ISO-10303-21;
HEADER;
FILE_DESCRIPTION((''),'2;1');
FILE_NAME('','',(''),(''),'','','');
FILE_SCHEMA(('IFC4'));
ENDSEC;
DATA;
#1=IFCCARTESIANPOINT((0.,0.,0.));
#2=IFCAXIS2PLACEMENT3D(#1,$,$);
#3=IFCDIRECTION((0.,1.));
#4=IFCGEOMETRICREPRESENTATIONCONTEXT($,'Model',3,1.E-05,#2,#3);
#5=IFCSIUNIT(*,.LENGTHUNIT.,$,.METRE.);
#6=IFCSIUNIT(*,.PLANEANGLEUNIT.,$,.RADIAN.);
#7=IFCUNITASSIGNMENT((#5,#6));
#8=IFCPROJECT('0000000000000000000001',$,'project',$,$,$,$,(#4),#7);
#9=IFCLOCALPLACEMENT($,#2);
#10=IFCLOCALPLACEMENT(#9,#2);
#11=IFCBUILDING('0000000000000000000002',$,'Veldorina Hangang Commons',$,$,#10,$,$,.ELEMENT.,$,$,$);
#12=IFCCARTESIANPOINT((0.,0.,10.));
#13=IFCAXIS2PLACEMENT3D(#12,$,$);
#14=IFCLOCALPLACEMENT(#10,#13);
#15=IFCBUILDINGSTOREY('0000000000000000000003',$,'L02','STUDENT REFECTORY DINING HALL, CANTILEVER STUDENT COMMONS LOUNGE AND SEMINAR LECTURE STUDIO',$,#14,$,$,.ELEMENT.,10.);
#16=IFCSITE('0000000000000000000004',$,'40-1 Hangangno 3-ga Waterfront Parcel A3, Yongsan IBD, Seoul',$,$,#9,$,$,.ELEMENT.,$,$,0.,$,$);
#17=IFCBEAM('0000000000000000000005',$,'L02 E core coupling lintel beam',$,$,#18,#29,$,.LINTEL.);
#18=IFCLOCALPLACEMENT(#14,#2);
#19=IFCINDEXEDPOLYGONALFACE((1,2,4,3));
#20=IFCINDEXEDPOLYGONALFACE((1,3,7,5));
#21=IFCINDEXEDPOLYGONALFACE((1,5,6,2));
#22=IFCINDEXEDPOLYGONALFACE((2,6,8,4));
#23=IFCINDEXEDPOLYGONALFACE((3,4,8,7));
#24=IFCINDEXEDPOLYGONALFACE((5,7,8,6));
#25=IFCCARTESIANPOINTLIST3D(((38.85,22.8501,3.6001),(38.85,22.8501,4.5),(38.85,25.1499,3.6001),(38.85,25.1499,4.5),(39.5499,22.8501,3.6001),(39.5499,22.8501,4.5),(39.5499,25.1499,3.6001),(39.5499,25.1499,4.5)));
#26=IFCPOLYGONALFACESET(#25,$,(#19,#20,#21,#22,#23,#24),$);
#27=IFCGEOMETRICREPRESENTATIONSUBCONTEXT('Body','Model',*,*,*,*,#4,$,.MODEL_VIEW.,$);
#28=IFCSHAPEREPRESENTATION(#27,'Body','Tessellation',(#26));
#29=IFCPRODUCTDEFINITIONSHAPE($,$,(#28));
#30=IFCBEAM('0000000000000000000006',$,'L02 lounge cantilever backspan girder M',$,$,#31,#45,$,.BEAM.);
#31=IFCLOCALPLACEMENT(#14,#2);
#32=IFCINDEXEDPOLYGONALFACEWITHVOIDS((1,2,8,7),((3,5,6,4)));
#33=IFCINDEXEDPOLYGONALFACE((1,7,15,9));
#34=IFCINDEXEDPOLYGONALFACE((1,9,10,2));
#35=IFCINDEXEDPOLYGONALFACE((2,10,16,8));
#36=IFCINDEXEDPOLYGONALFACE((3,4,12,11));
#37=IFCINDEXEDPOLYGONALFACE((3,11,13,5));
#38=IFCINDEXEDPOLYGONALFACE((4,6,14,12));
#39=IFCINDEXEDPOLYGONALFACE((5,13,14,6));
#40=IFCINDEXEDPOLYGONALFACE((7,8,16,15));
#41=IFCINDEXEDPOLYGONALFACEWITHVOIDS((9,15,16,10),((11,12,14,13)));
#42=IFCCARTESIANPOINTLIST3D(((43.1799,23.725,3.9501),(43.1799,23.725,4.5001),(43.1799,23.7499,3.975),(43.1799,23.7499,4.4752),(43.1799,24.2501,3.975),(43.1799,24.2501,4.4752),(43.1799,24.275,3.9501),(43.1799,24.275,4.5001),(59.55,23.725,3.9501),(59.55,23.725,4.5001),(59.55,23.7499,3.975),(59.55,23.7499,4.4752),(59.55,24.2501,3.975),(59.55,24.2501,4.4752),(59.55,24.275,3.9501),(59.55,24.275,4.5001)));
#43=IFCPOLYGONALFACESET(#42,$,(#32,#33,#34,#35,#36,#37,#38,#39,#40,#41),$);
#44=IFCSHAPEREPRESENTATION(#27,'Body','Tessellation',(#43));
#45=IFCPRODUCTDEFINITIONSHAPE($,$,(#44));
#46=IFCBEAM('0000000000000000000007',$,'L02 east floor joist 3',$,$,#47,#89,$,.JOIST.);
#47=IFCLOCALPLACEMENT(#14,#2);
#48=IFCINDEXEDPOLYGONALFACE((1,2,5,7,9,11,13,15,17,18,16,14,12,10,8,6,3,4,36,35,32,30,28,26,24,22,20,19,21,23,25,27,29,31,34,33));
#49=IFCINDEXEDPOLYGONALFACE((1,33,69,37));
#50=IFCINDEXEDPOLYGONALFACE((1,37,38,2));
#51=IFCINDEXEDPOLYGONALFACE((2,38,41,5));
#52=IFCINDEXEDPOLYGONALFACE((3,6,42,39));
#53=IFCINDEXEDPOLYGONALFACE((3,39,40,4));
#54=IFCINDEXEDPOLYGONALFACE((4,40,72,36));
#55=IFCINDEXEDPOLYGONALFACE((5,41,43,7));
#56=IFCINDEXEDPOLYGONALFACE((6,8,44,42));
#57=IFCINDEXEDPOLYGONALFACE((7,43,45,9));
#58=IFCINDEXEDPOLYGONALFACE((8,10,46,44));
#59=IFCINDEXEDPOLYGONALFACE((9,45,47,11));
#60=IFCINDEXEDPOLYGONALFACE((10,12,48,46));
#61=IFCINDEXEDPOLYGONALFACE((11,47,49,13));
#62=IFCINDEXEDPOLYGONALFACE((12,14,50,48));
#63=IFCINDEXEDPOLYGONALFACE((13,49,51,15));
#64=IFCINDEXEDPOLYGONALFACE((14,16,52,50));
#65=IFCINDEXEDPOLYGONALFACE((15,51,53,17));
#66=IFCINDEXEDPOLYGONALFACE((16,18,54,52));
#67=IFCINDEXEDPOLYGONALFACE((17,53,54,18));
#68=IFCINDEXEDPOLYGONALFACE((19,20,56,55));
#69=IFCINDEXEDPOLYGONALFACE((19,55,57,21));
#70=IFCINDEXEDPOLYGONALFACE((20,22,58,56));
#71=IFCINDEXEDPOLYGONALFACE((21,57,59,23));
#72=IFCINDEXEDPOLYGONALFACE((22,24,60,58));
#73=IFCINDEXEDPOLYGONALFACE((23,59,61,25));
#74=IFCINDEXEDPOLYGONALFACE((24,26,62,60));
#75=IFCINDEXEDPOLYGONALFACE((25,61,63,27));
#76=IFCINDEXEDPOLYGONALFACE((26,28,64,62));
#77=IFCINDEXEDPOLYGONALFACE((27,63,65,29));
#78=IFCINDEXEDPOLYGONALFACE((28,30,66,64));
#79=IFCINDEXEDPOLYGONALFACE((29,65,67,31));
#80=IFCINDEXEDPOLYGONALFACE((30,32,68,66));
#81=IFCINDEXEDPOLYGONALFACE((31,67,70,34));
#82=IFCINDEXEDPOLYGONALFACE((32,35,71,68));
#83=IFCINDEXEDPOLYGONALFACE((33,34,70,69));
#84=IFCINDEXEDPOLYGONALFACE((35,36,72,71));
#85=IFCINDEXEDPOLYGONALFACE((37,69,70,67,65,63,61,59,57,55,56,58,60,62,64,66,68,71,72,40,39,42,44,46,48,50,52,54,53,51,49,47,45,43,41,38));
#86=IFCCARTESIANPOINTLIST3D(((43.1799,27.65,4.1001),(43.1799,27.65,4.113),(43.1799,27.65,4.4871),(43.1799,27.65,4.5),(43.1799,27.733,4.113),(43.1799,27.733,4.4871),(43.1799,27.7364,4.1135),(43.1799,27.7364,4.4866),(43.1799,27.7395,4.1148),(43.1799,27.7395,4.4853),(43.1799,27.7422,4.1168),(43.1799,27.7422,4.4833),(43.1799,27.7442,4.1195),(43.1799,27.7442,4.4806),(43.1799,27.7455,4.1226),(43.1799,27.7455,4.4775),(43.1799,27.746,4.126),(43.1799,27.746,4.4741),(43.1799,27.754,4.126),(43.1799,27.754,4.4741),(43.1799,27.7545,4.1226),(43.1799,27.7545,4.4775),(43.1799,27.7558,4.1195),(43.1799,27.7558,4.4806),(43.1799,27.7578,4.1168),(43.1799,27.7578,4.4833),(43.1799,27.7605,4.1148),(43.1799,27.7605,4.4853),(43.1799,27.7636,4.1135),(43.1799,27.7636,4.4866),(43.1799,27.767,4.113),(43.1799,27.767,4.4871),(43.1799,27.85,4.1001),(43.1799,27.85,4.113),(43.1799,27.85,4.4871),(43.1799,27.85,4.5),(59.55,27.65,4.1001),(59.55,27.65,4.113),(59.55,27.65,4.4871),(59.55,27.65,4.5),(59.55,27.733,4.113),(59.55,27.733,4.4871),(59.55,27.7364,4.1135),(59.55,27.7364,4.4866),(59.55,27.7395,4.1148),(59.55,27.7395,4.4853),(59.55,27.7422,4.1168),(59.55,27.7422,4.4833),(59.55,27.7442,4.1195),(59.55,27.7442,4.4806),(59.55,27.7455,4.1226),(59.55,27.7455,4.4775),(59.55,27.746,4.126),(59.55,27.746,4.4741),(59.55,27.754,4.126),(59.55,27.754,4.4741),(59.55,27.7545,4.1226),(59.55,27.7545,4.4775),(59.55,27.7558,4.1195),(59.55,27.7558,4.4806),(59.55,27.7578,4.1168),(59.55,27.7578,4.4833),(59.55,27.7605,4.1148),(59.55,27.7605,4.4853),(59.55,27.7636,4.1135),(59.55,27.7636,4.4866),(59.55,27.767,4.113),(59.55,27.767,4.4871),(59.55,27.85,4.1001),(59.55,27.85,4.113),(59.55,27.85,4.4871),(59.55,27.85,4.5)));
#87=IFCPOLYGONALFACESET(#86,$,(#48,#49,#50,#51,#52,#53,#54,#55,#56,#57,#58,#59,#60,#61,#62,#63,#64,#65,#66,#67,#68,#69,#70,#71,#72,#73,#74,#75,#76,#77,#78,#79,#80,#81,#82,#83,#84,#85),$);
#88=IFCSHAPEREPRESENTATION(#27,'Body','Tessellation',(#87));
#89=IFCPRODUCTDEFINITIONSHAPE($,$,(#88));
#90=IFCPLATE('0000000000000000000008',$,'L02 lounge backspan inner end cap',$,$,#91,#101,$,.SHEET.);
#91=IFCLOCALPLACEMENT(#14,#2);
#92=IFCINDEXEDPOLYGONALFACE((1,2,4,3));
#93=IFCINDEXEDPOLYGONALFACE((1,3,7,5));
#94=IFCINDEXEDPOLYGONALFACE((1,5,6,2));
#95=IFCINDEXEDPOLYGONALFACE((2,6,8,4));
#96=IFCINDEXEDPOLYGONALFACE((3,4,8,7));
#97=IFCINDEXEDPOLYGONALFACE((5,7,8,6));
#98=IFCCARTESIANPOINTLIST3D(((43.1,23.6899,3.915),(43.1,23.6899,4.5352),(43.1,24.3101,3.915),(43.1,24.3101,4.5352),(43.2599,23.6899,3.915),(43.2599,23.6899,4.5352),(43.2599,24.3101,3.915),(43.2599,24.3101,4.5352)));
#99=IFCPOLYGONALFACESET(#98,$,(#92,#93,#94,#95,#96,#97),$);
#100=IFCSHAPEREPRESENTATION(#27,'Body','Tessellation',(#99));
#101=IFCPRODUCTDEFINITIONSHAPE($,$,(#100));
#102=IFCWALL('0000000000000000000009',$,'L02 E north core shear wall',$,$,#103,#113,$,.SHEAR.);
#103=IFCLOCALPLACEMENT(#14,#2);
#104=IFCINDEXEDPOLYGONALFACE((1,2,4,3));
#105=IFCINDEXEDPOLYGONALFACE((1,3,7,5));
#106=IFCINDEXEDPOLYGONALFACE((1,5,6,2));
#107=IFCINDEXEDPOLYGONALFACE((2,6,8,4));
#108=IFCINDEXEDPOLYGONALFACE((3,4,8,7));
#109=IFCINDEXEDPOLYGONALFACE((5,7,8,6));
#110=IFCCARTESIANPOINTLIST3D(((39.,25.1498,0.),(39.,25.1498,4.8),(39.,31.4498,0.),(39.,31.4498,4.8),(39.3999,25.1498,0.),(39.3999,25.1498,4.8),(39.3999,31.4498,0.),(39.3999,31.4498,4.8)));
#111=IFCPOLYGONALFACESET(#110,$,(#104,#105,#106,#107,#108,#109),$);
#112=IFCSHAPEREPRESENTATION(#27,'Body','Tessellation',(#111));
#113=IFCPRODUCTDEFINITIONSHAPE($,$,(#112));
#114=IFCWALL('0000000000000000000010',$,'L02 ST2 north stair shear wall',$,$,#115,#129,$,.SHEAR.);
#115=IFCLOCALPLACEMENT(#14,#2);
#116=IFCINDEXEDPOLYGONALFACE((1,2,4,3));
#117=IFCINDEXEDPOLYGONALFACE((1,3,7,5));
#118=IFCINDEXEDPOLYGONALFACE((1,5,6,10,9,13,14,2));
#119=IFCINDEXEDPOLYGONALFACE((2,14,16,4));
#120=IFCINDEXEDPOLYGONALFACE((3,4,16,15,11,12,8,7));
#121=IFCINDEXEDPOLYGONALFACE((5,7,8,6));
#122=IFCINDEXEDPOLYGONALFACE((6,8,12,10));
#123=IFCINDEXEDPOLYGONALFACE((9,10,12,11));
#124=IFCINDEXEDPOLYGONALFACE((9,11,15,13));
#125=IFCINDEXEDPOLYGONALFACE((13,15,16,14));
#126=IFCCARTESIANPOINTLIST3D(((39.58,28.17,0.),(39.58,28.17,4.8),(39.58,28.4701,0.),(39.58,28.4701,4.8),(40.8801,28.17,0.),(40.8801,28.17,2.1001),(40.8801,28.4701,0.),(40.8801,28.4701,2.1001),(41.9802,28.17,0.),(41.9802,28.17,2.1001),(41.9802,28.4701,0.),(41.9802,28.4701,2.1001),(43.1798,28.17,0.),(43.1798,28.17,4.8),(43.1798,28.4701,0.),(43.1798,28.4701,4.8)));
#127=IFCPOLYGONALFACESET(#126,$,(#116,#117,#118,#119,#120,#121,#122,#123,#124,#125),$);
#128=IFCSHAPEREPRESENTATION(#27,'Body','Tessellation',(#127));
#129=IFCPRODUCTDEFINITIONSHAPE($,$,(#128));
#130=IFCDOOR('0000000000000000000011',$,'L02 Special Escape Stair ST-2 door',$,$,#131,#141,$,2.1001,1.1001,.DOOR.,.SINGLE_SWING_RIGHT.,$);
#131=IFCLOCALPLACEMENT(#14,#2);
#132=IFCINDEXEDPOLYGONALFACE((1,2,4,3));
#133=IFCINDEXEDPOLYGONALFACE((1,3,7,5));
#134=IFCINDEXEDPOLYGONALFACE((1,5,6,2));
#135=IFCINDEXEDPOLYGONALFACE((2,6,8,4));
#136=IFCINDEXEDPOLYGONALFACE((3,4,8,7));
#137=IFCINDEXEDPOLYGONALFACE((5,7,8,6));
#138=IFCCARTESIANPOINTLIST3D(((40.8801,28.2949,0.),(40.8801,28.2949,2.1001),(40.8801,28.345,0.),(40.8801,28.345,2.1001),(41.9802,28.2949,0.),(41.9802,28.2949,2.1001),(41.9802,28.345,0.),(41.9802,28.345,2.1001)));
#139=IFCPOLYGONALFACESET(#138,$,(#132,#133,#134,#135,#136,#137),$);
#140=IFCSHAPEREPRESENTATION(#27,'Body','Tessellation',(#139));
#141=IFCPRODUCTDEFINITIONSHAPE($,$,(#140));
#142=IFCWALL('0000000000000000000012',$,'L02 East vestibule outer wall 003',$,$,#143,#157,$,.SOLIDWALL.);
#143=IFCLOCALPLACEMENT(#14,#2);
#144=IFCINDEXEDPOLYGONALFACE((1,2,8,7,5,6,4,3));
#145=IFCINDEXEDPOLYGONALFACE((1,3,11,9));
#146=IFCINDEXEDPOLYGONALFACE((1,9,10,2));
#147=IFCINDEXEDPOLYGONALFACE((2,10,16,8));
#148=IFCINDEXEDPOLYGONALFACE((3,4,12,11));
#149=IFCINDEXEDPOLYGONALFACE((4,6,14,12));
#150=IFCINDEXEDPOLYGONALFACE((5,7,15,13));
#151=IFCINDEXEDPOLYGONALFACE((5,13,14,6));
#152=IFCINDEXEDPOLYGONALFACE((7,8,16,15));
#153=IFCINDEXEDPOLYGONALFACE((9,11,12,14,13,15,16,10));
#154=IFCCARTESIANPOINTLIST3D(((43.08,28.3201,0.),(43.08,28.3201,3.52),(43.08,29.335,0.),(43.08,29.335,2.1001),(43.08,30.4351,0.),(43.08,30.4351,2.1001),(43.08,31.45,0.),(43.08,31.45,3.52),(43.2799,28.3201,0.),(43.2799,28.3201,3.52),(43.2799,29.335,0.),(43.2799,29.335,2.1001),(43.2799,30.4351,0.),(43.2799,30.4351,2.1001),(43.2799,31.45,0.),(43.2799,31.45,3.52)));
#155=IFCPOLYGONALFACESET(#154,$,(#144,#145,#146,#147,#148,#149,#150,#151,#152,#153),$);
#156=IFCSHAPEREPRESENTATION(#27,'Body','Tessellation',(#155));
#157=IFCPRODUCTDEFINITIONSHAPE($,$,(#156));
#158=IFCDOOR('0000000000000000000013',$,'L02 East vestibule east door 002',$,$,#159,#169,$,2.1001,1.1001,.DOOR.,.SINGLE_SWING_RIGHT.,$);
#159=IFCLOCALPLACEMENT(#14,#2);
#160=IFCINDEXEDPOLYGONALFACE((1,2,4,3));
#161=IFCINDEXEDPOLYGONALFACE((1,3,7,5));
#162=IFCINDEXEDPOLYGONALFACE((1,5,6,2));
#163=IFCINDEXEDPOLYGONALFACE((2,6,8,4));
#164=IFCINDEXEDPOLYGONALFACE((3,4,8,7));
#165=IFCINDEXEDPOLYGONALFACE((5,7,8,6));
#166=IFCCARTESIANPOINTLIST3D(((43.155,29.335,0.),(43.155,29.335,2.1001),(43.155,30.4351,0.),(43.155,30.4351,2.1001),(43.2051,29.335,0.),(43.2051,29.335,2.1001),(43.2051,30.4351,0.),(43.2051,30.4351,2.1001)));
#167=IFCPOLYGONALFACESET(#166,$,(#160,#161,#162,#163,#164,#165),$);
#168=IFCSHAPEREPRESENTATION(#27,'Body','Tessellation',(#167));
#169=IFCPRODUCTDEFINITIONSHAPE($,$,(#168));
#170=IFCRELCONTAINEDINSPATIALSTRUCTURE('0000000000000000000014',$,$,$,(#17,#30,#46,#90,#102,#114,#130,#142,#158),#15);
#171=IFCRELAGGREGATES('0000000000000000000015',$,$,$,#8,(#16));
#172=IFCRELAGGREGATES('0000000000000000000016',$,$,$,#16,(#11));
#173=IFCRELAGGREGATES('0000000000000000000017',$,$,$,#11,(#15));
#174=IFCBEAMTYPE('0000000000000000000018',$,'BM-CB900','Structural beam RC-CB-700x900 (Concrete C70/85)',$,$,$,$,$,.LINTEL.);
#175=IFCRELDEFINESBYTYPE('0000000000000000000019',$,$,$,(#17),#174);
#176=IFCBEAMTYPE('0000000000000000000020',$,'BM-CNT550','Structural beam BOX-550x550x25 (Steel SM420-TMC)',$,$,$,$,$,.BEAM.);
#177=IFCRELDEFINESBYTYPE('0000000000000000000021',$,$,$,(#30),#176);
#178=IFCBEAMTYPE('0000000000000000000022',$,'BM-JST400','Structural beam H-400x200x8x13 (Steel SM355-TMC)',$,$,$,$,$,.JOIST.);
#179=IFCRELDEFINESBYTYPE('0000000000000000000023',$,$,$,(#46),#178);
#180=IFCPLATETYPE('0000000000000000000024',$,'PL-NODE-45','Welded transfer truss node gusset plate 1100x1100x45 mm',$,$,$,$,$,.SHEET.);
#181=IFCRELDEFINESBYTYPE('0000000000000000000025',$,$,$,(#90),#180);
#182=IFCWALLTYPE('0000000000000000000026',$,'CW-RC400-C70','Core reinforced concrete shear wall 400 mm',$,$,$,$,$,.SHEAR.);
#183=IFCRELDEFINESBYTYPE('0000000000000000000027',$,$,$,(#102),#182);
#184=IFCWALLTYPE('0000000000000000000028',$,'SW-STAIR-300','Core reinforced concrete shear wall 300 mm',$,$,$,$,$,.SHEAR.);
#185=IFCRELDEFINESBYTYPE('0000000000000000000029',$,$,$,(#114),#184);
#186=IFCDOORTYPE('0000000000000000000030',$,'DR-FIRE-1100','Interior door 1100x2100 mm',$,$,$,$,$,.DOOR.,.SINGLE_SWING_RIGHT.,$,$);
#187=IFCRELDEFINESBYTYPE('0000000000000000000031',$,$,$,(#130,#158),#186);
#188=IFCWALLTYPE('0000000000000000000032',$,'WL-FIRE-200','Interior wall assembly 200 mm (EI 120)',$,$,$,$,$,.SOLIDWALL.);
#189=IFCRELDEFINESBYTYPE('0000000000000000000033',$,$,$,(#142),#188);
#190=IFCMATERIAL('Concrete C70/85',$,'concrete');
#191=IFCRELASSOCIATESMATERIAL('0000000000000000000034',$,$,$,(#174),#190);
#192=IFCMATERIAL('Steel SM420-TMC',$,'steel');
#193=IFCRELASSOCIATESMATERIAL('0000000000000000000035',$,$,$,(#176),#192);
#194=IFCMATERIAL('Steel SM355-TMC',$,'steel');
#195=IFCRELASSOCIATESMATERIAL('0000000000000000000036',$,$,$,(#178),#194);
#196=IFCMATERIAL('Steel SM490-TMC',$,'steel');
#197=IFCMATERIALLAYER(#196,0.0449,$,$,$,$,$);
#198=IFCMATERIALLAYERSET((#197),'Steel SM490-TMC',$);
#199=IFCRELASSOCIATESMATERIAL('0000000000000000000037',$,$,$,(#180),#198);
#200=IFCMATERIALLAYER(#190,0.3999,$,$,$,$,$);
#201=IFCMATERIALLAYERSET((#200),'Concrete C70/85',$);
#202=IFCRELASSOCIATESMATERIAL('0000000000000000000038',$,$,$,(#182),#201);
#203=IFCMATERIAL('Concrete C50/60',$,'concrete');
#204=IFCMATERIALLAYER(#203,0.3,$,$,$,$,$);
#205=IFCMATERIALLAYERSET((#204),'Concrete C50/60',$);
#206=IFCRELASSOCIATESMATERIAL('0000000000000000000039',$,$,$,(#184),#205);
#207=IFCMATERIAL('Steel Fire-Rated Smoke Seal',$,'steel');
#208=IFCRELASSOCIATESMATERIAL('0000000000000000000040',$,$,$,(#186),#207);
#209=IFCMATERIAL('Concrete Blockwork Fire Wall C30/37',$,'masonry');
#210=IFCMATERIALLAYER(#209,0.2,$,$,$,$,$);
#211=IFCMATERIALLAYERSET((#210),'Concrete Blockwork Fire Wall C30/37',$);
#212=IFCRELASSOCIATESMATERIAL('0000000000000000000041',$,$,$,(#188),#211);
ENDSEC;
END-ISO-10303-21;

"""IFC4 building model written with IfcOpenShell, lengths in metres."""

from ifc_helpers import new_model, si_unit, direction, frame, frame_2d, origin, origin_2d, place, context, subcontext, project, spatial, rectangle, hollow_rectangle, i_section, extrude, material, layer, layer_set, material_profile, profile_set, type_object, element, fill, save


model = new_model("IFC4")

# Units and contexts
model_context = context("Model", 3, precision=1e-05, world=origin(), true_north=direction((0.0, 1.0)))
body_context = subcontext(model_context, "Body", "Model", "MODEL_VIEW")
ifc_project = project(units=[si_unit("LENGTHUNIT", "METRE"), si_unit("PLANEANGLEUNIT", "RADIAN")], contexts=[model_context])

# Site, building, storey
site_placement = place(None, origin())
site = spatial("IfcSite", under=ifc_project, at=site_placement, Name="40-1 Hangangno 3-ga Waterfront Parcel A3, Yongsan IBD, Seoul", CompositionType="ELEMENT", RefElevation=0.0)
building_placement = place(site_placement, origin())
building = spatial("IfcBuilding", under=site, at=building_placement, Name="Veldorina Hangang Commons", CompositionType="ELEMENT")
storey_placement = place(building_placement, frame((0.0, 0.0, 10.0)))
storey = spatial("IfcBuildingStorey", under=building, at=storey_placement, Name="L02", Description="STUDENT REFECTORY DINING HALL, CANTILEVER STUDENT COMMONS LOUNGE AND SEMINAR LECTURE STUDIO", CompositionType="ELEMENT", Elevation=10.0)

# Beams
ifc_material_1 = material(Name="Concrete C70/85", Category="concrete")
ifc_material_profile_1 = material_profile(ifc_material_1, rectangle(XDim=0.7, YDim=0.8999, at=origin_2d()), Name="RC-CB-700x900")
ifc_profile_set_1 = profile_set([ifc_material_profile_1], Name="Concrete C70/85")
beam_type_1 = type_object("IfcBeamType", Name="BM-CB900", Description="Structural beam RC-CB-700x900 (Concrete C70/85)", PredefinedType="LINTEL", material=ifc_profile_set_1)
beam_1_placement = place(storey_placement, frame((39.2, 22.8501, 4.05), z_axis=(0.0, 1.0, 0.0), x_axis=(-1.0, 0.0, 0.0)))
element("IfcBeam", 1, at=beam_1_placement, inside=storey, type_object=beam_type_1, Name="L02 E core coupling lintel beam", PredefinedType="LINTEL", context=body_context, shape_type="SweptSolid", body=[
    extrude(rectangle(XDim=0.7, YDim=0.8999, at=origin_2d()), origin(), (0.0, 0.0, 1.0), 2.2998),
])
ifc_material_2 = material(Name="Steel SM420-TMC", Category="steel")
ifc_material_profile_2 = material_profile(ifc_material_2, hollow_rectangle(XDim=0.55, YDim=0.55, WallThickness=0.0249, at=origin_2d()), Name="BOX-550x550x25")
ifc_profile_set_2 = profile_set([ifc_material_profile_2], Name="Steel SM420-TMC")
beam_type_2 = type_object("IfcBeamType", Name="BM-CNT550", Description="Structural beam BOX-550x550x25 (Steel SM420-TMC)", PredefinedType="BEAM", material=ifc_profile_set_2)
beam_2_placement = place(storey_placement, frame((43.1799, 24.0, 4.2251), z_axis=(1.0, 0.0, 0.0), x_axis=(0.0, 1.0, 0.0)))
element("IfcBeam", 2, at=beam_2_placement, inside=storey, type_object=beam_type_2, Name="L02 lounge cantilever backspan girder M", PredefinedType="BEAM", context=body_context, shape_type="SweptSolid", body=[
    extrude(hollow_rectangle(XDim=0.55, YDim=0.55, WallThickness=0.0249, at=origin_2d()), origin(), (0.0, 0.0, 1.0), 16.3701),
])
ifc_material_3 = material(Name="Steel SM355-TMC", Category="steel")
ifc_material_profile_3 = material_profile(ifc_material_3, i_section(OverallWidth=0.2, OverallDepth=0.3999, WebThickness=0.0081, FlangeThickness=0.0129, FilletRadius=0.0129, at=origin_2d()), Name="H-400x200x8x13")
ifc_profile_set_3 = profile_set([ifc_material_profile_3], Name="Steel SM355-TMC")
beam_type_3 = type_object("IfcBeamType", Name="BM-JST400", Description="Structural beam H-400x200x8x13 (Steel SM355-TMC)", PredefinedType="JOIST", material=ifc_profile_set_3)
beam_3_placement = place(storey_placement, frame((43.1799, 27.75, 4.3), z_axis=(1.0, 0.0, 0.0), x_axis=(0.0, 1.0, 0.0)))
element("IfcBeam", 3, at=beam_3_placement, inside=storey, type_object=beam_type_3, Name="L02 east floor joist 3", PredefinedType="JOIST", context=body_context, shape_type="SweptSolid", body=[
    extrude(i_section(OverallWidth=0.2, OverallDepth=0.3999, WebThickness=0.0081, FlangeThickness=0.0129, FilletRadius=0.0129, at=origin_2d()), origin(), (0.0, 0.0, 1.0), 16.3701),
])

# Plate
ifc_material_4 = material(Name="Steel SM490-TMC", Category="steel")
ifc_layer_1 = layer(ifc_material_4, 0.0449)
ifc_layer_set_1 = layer_set([ifc_layer_1], Name="Steel SM490-TMC")
plate_type = type_object("IfcPlateType", Name="PL-NODE-45", Description="Welded transfer truss node gusset plate 1100x1100x45 mm", PredefinedType="SHEET", material=ifc_layer_set_1)
plate_placement = place(storey_placement, frame((43.1799, 24.0, 3.915), z_axis=(0.0, 0.0, 1.0), x_axis=(1.0, 0.0, 0.0)))
element("IfcPlate", 4, at=plate_placement, inside=storey, type_object=plate_type, Name="L02 lounge backspan inner end cap", PredefinedType="SHEET", context=body_context, shape_type="SweptSolid", body=[
    extrude(rectangle(XDim=0.1599, YDim=0.6201, at=origin_2d()), origin(), (0.0, 0.0, 1.0), 0.6201),
])

# Wall
ifc_layer_2 = layer(ifc_material_1, 0.3999)
ifc_layer_set_2 = layer_set([ifc_layer_2], Name="Concrete C70/85")
wall_type_1 = type_object("IfcWallType", Name="CW-RC400-C70", Description="Core reinforced concrete shear wall 400 mm", PredefinedType="SHEAR", material=ifc_layer_set_2)
wall_1_placement = place(storey_placement, frame((39.2, 25.1499, 0.0), z_axis=(0.0, 0.0, 1.0), x_axis=(0.0, 1.0, 0.0)))
element("IfcWall", 5, at=wall_1_placement, inside=storey, type_object=wall_type_1, Name="L02 E north core shear wall", PredefinedType="SHEAR", context=body_context, shape_type="SweptSolid", body=[
    extrude(rectangle(XDim=6.3, YDim=0.3999, at=frame_2d((3.1499, 0.0))), origin(), (0.0, 0.0, 1.0), 4.8),
])

# Walls, openings, doors
ifc_material_5 = material(Name="Concrete C50/60", Category="concrete")
ifc_layer_3 = layer(ifc_material_5, 0.3)
ifc_layer_set_3 = layer_set([ifc_layer_3], Name="Concrete C50/60")
wall_type_2 = type_object("IfcWallType", Name="SW-STAIR-300", Description="Core reinforced concrete shear wall 300 mm", PredefinedType="SHEAR", material=ifc_layer_set_3)
wall_2_placement = place(storey_placement, frame((39.5801, 28.3201, 0.0), z_axis=(0.0, 0.0, 1.0), x_axis=(1.0, 0.0, 0.0)))
wall_2 = element("IfcWall", 6, at=wall_2_placement, inside=storey, type_object=wall_type_2, Name="L02 ST2 north stair shear wall", PredefinedType="SHEAR", context=body_context, shape_type="SweptSolid", body=[
    extrude(rectangle(XDim=3.5999, YDim=0.3, at=frame_2d((1.7998, 0.0))), origin(), (0.0, 0.0, 1.0), 4.8),
])
opening_1_placement = place(wall_2_placement, frame((1.3, 0.0, 0.0)))
opening_1 = element("IfcOpeningElement", 7, at=opening_1_placement, cuts=wall_2, PredefinedType="OPENING", context=body_context, shape_type="SweptSolid", body=[
    extrude(rectangle(XDim=1.1001, YDim=2.1001, at=frame_2d((0.55, 1.05))), frame((0.0, 0.1602, 0.0), z_axis=(0.0, -1.0, 0.0), x_axis=(1.0, 0.0, 0.0)), (0.0, 0.0, 1.0), 0.3201),
])
ifc_material_6 = material(Name="Steel Fire-Rated Smoke Seal", Category="steel")
door_type_1 = type_object("IfcDoorType", Name="DR-FIRE-1100", Description="Interior door 1100x2100 mm", OperationType="SINGLE_SWING_RIGHT", PredefinedType="DOOR", material=ifc_material_6)
door_1_placement = place(opening_1_placement, origin())
door_1 = element("IfcDoor", 8, at=door_1_placement, inside=storey, type_object=door_type_1, Name="L02 Special Escape Stair ST-2 door", OperationType="SINGLE_SWING_RIGHT", OverallHeight=2.1001, OverallWidth=1.1001, PredefinedType="DOOR", context=body_context, shape_type="SweptSolid", body=[
    extrude(rectangle(XDim=1.1001, YDim=2.1001, at=frame_2d((0.55, 1.05))), frame((0.0, 0.0249, 0.0), z_axis=(0.0, -1.0, 0.0), x_axis=(1.0, 0.0, 0.0)), (0.0, 0.0, 1.0), 0.05),
])
fill(opening_1, door_1)
ifc_material_7 = material(Name="Concrete Blockwork Fire Wall C30/37", Category="masonry")
ifc_layer_4 = layer(ifc_material_7, 0.2)
ifc_layer_set_4 = layer_set([ifc_layer_4], Name="Concrete Blockwork Fire Wall C30/37")
wall_type_3 = type_object("IfcWallType", Name="WL-FIRE-200", Description="Interior wall assembly 200 mm (EI 120)", PredefinedType="SOLIDWALL", material=ifc_layer_set_4)
wall_3_placement = place(storey_placement, frame((43.1799, 28.3201, 0.0), z_axis=(0.0, 0.0, 1.0), x_axis=(0.0, 1.0, 0.0)))
wall_3 = element("IfcWall", 9, at=wall_3_placement, inside=storey, type_object=wall_type_3, Name="L02 East vestibule outer wall 003", PredefinedType="SOLIDWALL", context=body_context, shape_type="SweptSolid", body=[
    extrude(rectangle(XDim=3.1299, YDim=0.2, at=frame_2d((1.5649, 0.0))), origin(), (0.0, 0.0, 1.0), 3.52),
])
opening_2_placement = place(wall_3_placement, frame((1.0149, 0.0, 0.0)))
opening_2 = element("IfcOpeningElement", 10, at=opening_2_placement, cuts=wall_3, PredefinedType="OPENING", context=body_context, shape_type="SweptSolid", body=[
    extrude(rectangle(XDim=1.1001, YDim=2.1001, at=frame_2d((0.55, 1.05))), frame((0.0, 0.1099, 0.0), z_axis=(0.0, -1.0, 0.0), x_axis=(1.0, 0.0, 0.0)), (0.0, 0.0, 1.0), 0.22),
])
door_2_placement = place(opening_2_placement, origin())
door_2 = element("IfcDoor", 11, at=door_2_placement, inside=storey, type_object=door_type_1, Name="L02 East vestibule east door 002", OperationType="SINGLE_SWING_RIGHT", OverallHeight=2.1001, OverallWidth=1.1001, PredefinedType="DOOR", context=body_context, shape_type="SweptSolid", body=[
    extrude(rectangle(XDim=1.1001, YDim=2.1001, at=frame_2d((0.55, 1.05))), frame((0.0, 0.0249, 0.0), z_axis=(0.0, -1.0, 0.0), x_axis=(1.0, 0.0, 0.0)), (0.0, 0.0, 1.0), 0.05),
])
fill(opening_2, door_2)

save(model, "model.ifc")
